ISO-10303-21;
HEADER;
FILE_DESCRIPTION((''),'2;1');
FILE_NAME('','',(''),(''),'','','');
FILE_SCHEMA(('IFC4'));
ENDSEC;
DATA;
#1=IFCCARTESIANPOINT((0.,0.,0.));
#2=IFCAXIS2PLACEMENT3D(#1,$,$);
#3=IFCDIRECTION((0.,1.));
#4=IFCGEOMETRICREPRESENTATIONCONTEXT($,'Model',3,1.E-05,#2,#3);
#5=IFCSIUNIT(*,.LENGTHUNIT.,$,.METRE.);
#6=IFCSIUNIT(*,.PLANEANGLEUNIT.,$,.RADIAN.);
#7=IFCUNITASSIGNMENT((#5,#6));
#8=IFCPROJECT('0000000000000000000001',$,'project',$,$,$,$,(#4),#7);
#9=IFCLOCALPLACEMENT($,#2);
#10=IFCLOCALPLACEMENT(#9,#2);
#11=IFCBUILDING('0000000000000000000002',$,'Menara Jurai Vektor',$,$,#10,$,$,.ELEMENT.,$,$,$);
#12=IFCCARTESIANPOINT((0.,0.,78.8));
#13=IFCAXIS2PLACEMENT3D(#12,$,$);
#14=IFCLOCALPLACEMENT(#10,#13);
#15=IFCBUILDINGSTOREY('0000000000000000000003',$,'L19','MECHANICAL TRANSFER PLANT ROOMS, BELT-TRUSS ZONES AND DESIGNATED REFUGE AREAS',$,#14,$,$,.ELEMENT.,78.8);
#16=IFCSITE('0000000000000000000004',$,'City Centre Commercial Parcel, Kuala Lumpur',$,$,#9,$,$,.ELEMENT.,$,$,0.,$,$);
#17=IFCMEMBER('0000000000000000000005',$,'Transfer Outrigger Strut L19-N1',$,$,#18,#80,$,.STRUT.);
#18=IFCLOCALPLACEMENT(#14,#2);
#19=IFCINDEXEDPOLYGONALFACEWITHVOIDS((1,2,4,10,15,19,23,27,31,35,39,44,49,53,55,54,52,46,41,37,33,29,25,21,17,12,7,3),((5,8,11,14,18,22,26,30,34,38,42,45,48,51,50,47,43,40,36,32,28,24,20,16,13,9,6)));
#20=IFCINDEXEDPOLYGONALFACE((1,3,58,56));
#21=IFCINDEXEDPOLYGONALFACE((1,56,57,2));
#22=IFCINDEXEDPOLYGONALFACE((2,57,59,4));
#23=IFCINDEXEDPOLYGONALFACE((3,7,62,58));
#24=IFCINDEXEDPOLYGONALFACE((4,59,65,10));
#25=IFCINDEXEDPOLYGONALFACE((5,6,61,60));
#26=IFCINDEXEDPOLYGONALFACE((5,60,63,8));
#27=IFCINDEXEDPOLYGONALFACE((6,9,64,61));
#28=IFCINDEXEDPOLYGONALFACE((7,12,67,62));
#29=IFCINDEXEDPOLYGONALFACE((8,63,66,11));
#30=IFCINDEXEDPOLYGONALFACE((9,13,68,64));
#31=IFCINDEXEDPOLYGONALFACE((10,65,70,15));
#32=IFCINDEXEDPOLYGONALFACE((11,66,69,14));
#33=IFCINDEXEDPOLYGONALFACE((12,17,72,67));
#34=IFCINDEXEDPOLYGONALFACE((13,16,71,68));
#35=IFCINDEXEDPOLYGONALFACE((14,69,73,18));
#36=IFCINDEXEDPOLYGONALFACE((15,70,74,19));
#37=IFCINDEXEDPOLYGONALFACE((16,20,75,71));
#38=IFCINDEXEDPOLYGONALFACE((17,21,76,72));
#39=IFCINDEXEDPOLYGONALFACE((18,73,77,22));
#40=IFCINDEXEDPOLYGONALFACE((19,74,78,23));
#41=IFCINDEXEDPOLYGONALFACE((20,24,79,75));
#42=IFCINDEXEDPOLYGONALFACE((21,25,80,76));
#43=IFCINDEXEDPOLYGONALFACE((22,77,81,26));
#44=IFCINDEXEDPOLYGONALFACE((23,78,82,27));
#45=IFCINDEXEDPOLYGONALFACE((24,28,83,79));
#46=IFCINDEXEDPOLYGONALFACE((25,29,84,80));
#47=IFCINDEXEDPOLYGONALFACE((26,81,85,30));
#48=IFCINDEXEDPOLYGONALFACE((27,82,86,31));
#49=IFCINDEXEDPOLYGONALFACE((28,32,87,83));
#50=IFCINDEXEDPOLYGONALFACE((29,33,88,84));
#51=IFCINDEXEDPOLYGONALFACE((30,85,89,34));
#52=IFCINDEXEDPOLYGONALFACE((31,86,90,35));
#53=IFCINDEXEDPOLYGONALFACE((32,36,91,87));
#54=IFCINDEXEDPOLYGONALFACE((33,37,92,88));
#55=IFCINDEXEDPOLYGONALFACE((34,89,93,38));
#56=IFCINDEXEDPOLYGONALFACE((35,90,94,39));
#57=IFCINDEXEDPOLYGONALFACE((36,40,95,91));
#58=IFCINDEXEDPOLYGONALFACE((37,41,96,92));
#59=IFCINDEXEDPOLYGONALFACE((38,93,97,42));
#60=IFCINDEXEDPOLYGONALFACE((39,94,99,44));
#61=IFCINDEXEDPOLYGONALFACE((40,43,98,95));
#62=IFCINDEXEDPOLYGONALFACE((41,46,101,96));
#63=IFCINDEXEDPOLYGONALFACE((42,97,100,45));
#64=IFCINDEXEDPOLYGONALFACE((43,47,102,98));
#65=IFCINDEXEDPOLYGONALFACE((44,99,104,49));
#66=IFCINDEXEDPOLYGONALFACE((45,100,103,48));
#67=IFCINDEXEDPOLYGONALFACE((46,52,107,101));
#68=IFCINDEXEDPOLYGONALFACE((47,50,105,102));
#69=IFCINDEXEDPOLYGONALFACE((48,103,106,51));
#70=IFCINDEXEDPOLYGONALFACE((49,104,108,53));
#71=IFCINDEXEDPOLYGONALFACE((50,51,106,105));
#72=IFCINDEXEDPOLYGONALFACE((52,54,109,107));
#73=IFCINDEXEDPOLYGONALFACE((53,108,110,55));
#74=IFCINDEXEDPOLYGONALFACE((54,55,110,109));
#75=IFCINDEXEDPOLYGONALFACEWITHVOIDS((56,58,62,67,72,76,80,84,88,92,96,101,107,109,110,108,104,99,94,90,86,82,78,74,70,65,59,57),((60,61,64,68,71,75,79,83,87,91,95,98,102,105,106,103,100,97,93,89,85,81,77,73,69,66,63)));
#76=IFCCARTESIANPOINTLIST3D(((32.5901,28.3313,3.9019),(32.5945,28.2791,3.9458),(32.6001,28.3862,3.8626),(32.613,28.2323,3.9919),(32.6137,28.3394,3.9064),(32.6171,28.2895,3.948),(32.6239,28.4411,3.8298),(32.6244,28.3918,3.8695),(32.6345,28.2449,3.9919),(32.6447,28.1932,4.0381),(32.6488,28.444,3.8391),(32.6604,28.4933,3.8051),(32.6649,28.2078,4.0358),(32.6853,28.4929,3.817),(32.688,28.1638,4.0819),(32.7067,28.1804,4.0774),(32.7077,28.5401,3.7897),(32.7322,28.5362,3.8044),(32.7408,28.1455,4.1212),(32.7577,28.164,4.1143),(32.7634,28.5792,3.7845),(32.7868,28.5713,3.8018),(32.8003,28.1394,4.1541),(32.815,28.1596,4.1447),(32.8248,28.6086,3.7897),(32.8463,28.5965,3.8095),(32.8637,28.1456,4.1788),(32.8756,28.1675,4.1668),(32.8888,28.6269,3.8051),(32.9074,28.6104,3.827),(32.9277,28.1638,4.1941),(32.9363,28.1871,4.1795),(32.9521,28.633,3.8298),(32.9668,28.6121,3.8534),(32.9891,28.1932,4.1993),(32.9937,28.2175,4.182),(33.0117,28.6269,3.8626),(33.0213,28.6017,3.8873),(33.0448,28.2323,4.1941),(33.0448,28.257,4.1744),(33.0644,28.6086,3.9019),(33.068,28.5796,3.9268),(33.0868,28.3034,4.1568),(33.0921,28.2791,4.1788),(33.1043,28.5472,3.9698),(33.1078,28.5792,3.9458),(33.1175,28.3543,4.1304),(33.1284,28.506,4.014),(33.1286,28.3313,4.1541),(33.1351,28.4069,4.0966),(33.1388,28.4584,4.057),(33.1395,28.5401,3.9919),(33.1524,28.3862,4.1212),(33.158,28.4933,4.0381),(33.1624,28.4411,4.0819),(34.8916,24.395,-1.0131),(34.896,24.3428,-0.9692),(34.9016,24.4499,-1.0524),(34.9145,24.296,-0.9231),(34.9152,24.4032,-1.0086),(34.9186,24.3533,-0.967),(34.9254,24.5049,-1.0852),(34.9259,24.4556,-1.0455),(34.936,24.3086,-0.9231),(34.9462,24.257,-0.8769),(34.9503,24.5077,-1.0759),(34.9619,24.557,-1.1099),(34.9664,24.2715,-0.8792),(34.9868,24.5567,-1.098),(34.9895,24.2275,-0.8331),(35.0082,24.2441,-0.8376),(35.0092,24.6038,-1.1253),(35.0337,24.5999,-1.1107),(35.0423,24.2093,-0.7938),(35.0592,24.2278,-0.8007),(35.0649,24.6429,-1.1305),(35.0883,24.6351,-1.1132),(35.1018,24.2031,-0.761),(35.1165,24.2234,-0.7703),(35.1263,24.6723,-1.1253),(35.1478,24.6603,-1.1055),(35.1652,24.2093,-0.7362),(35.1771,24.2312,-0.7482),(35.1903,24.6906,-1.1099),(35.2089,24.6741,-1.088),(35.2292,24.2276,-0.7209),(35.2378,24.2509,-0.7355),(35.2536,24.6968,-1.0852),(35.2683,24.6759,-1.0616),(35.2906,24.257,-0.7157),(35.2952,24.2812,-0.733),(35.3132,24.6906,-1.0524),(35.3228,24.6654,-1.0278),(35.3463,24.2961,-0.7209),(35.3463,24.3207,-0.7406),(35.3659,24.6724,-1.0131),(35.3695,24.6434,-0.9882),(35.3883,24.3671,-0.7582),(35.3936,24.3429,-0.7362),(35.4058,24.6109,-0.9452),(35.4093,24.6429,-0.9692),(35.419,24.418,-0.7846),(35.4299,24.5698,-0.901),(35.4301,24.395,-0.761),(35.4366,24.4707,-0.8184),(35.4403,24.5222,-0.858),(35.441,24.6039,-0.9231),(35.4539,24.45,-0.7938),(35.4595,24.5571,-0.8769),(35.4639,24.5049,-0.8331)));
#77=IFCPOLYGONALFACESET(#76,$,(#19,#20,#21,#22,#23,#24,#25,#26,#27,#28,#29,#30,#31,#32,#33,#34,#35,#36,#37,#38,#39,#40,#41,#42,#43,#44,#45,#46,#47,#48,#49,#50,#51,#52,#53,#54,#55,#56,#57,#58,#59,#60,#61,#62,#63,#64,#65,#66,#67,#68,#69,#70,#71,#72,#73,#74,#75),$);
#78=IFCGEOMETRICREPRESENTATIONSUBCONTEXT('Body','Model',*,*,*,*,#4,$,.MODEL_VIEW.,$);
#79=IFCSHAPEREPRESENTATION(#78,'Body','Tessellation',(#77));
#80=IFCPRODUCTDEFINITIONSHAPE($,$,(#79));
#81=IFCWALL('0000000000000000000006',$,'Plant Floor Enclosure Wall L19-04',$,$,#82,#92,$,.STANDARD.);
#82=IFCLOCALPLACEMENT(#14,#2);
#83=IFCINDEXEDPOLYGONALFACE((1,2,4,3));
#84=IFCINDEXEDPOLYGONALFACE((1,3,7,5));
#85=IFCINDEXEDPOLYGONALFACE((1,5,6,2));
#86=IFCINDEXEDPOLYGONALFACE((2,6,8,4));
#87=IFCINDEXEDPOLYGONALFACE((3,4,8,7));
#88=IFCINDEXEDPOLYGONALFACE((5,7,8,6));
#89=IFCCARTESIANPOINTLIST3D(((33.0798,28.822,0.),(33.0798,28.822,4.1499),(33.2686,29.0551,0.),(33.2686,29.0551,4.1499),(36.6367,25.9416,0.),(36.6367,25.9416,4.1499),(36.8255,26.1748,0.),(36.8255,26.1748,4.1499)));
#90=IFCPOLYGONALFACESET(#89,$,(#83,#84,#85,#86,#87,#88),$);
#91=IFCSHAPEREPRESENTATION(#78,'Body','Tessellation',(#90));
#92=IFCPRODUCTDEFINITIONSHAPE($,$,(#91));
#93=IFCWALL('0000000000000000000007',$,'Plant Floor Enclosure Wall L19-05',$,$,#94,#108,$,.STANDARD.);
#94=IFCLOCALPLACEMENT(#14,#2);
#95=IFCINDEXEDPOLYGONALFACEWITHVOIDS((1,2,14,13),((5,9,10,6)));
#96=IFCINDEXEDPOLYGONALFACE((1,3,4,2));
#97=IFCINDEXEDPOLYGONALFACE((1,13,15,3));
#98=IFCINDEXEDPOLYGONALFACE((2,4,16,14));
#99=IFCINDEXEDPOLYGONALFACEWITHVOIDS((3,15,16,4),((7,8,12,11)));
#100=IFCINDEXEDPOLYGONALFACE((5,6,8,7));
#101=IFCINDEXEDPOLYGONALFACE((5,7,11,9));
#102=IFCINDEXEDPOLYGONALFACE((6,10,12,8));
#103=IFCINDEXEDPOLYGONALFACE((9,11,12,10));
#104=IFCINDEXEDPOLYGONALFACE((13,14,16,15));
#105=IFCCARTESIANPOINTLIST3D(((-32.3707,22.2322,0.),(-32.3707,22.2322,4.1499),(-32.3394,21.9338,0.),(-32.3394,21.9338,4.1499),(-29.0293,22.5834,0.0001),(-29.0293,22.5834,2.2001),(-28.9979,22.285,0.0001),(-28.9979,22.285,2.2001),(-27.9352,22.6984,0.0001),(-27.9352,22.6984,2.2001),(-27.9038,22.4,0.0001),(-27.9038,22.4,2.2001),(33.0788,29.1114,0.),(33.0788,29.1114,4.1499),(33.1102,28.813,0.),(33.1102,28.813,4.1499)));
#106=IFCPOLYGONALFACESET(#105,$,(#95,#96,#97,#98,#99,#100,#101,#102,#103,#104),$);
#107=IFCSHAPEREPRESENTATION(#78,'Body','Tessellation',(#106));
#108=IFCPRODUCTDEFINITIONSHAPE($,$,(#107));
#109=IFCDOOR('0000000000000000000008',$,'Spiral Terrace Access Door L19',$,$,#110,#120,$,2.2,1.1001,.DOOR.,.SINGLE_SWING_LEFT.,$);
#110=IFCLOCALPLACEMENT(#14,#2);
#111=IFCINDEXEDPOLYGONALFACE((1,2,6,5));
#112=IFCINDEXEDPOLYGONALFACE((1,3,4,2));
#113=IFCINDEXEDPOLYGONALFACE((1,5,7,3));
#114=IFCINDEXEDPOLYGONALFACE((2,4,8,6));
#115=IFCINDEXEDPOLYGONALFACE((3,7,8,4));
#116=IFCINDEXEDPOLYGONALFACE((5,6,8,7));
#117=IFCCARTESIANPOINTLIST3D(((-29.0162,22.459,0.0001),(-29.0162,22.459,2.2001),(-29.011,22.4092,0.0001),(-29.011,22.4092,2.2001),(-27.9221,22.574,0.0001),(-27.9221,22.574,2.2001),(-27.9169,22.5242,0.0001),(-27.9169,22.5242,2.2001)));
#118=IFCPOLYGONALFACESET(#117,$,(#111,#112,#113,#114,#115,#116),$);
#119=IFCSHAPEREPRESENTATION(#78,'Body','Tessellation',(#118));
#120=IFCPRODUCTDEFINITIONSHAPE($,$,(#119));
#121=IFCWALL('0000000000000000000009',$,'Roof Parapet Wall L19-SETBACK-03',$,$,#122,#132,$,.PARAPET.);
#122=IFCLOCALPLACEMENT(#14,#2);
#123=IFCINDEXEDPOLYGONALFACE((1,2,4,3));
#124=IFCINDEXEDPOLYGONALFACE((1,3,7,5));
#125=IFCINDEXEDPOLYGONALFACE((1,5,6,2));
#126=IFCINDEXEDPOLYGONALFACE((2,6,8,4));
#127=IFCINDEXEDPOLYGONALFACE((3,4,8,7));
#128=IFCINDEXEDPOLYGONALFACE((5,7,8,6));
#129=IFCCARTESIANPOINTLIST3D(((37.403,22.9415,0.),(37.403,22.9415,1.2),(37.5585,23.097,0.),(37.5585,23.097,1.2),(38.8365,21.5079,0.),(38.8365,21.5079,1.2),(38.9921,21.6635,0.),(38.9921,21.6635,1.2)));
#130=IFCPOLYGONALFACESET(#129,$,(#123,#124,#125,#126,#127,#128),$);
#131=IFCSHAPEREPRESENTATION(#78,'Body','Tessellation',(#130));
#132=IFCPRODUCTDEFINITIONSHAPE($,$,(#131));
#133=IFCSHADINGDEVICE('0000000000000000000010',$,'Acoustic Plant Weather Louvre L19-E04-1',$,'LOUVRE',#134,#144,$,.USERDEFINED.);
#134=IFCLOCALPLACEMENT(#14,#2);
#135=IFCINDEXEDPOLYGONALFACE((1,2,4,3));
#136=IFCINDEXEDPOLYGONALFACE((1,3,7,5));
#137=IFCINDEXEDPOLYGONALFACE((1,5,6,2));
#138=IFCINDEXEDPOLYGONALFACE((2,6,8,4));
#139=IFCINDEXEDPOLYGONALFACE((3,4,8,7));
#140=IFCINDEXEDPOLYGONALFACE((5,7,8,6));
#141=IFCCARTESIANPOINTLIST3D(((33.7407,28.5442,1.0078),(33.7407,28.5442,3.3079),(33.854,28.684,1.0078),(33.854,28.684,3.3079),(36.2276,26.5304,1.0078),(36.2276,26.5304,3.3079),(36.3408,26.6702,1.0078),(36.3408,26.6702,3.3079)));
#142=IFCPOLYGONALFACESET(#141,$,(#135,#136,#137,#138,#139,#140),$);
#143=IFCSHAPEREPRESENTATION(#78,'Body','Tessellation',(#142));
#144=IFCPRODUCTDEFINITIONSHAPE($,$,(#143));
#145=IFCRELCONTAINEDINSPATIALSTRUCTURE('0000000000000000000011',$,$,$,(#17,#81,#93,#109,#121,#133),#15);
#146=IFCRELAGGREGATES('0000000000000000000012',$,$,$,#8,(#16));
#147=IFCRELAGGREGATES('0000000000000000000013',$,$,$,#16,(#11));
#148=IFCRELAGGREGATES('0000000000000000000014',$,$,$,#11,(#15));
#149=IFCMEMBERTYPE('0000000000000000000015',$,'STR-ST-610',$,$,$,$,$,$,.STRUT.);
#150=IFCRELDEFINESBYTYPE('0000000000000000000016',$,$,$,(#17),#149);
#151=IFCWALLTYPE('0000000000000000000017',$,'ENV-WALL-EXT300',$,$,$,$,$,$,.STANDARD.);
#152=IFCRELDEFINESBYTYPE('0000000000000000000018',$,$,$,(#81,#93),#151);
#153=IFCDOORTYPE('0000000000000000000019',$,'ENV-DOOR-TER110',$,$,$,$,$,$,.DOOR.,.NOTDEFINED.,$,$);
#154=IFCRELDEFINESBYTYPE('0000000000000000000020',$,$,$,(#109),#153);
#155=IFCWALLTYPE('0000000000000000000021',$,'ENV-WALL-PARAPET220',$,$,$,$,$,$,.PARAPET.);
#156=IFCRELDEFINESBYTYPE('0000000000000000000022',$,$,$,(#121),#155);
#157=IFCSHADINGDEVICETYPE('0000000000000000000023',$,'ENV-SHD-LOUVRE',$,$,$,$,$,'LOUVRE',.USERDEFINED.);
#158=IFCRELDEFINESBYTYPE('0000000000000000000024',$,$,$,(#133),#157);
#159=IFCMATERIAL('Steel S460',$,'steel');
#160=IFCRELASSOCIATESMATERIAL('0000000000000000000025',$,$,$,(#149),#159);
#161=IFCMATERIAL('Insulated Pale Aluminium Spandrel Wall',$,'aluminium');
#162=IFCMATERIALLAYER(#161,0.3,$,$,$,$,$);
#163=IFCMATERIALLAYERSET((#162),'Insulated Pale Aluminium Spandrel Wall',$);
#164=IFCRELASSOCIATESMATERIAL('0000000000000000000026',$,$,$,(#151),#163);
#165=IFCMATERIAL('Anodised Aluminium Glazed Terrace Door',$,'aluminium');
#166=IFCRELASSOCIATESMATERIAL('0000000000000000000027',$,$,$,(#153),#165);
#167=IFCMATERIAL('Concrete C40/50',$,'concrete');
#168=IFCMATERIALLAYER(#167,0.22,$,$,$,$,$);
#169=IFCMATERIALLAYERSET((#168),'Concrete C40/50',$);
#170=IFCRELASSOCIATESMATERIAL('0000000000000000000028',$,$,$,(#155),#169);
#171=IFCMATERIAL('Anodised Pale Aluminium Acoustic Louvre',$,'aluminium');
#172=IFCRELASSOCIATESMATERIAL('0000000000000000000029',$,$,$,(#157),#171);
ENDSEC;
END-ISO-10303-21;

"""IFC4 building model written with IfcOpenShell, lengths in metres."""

from ifc_helpers import new_model, si_unit, direction, frame, frame_2d, origin, origin_2d, place, context, subcontext, project, spatial, rectangle, hollow_circle, extrude, material, layer, layer_set, material_profile, profile_set, type_object, element, fill, save


model = new_model("IFC4")

# Units and contexts
model_context = context("Model", 3, precision=1e-05, world=origin(), true_north=direction((0.0, 1.0)))
body_context = subcontext(model_context, "Body", "Model", "MODEL_VIEW")
ifc_project = project(units=[si_unit("LENGTHUNIT", "METRE"), si_unit("PLANEANGLEUNIT", "RADIAN")], contexts=[model_context])

# Site, building, storey
site_placement = place(None, origin())
site = spatial("IfcSite", under=ifc_project, at=site_placement, Name="City Centre Commercial Parcel, Kuala Lumpur", CompositionType="ELEMENT", RefElevation=0.0)
building_placement = place(site_placement, origin())
building = spatial("IfcBuilding", under=site, at=building_placement, Name="Menara Jurai Vektor", CompositionType="ELEMENT")
storey_placement = place(building_placement, frame((0.0, 0.0, 78.8)))
storey = spatial("IfcBuildingStorey", under=building, at=storey_placement, Name="L19", Description="MECHANICAL TRANSFER PLANT ROOMS, BELT-TRUSS ZONES AND DESIGNATED REFUGE AREAS", CompositionType="ELEMENT", Elevation=78.8)

# Shared definitions
ifc_material_1 = material(Name="Steel S460", Category="steel")

# Member
ifc_material_profile_1 = material_profile(ifc_material_1, hollow_circle(Radius=0.3049, WallThickness=0.0249, at=origin_2d()), Name="CHS 610x25")
ifc_profile_set_1 = profile_set([ifc_material_profile_1], Name="Steel S460")
member_type_1 = type_object("IfcMemberType", Name="STR-ST-610", PredefinedType="STRUT", material=ifc_profile_set_1)
member_1_placement = place(storey_placement, frame((35.1777, 24.45, -0.9231), z_axis=(-0.343284, 0.58712, 0.733107), x_axis=(-0.863268, -0.504746, 0.0)))
element("IfcMember", 1, at=member_1_placement, inside=storey, type_object=member_type_1, Name="Transfer Outrigger Strut L19-N1", PredefinedType="STRUT", context=body_context, shape_type="SweptSolid", body=[
    extrude(hollow_circle(Radius=0.3049, WallThickness=0.0249, at=origin_2d()), origin(), (0.0, 0.0, 1.0), 6.7043),
])

# Wall
ifc_material_2 = material(Name="Insulated Pale Aluminium Spandrel Wall", Category="aluminium")
ifc_layer_1 = layer(ifc_material_2, 0.3)
ifc_layer_set_1 = layer_set([ifc_layer_1], Name="Insulated Pale Aluminium Spandrel Wall")
wall_type_1 = type_object("IfcWallType", Name="ENV-WALL-EXT300", PredefinedType="STANDARD", material=ifc_layer_set_1)
wall_1_placement = place(storey_placement, frame((36.7312, 26.0581, 0.0), z_axis=(0.0, 0.0, 1.0), x_axis=(-0.777139, 0.629329, 0.0)))
element("IfcWall", 2, at=wall_1_placement, inside=storey, type_object=wall_type_1, Name="Plant Floor Enclosure Wall L19-04", PredefinedType="STANDARD", context=body_context, shape_type="SweptSolid", body=[
    extrude(rectangle(XDim=4.5769, YDim=0.3, at=frame_2d((2.2886, 0.0))), origin(), (0.0, 0.0, 1.0), 4.1499),
])

# Wall, opening, door
wall_2_placement = place(storey_placement, frame((33.0945, 28.9622, 0.0), z_axis=(0.0, 0.0, 1.0), x_axis=(-0.994522, -0.10453, 0.0)))
wall_2 = element("IfcWall", 3, at=wall_2_placement, inside=storey, type_object=wall_type_1, Name="Plant Floor Enclosure Wall L19-05", PredefinedType="STANDARD", context=body_context, shape_type="SweptSolid", body=[
    extrude(rectangle(XDim=65.8101, YDim=0.3, at=frame_2d((32.905, 0.0))), origin(), (0.0, 0.0, 1.0), 4.1499),
])
opening_placement = place(wall_2_placement, frame((61.3501, 0.0, 0.0)))
opening = element("IfcOpeningElement", 4, at=opening_placement, cuts=wall_2, PredefinedType="OPENING", context=body_context, shape_type="SweptSolid", body=[
    extrude(rectangle(XDim=1.1001, YDim=2.2, at=frame_2d((0.55, 1.1001))), frame((0.0, 0.1602, 0.0), z_axis=(0.0, -1.0, 0.0), x_axis=(1.0, 0.0, 0.0)), (0.0, 0.0, 1.0), 0.3201),
])
ifc_material_3 = material(Name="Anodised Aluminium Glazed Terrace Door", Category="aluminium")
door_type = type_object("IfcDoorType", Name="ENV-DOOR-TER110", OperationType="NOTDEFINED", PredefinedType="DOOR", material=ifc_material_3)
door_placement = place(opening_placement, frame((1.1001, 0.0, 0.0), z_axis=(0.0, 0.0, 1.0), x_axis=(-1.0, 0.0, 0.0)))
door = element("IfcDoor", 5, at=door_placement, inside=storey, type_object=door_type, Name="Spiral Terrace Access Door L19", OperationType="SINGLE_SWING_LEFT", OverallHeight=2.2, OverallWidth=1.1001, PredefinedType="DOOR", context=body_context, shape_type="SweptSolid", body=[
    extrude(rectangle(XDim=1.1001, YDim=2.2, at=frame_2d((0.55, 1.1001))), frame((0.0, 0.0249, 0.0), z_axis=(0.0, -1.0, 0.0), x_axis=(1.0, 0.0, 0.0)), (0.0, 0.0, 1.0), 0.05),
])
fill(opening, door)

# Wall
ifc_material_4 = material(Name="Concrete C40/50", Category="concrete")
ifc_layer_2 = layer(ifc_material_4, 0.22)
ifc_layer_set_2 = layer_set([ifc_layer_2], Name="Concrete C40/50")
wall_type_2 = type_object("IfcWallType", Name="ENV-WALL-PARAPET220", PredefinedType="PARAPET", material=ifc_layer_set_2)
wall_3_placement = place(storey_placement, frame((38.9143, 21.5857, 0.0), z_axis=(0.0, 0.0, 1.0), x_axis=(-0.707107, 0.707107, 0.0)))
element("IfcWall", 6, at=wall_3_placement, inside=storey, type_object=wall_type_2, Name="Roof Parapet Wall L19-SETBACK-03", PredefinedType="PARAPET", context=body_context, shape_type="SweptSolid", body=[
    extrude(rectangle(XDim=2.0273, YDim=0.22, at=frame_2d((1.0137, 0.0))), origin(), (0.0, 0.0, 1.0), 1.2),
])

# Shading device
ifc_material_5 = material(Name="Anodised Pale Aluminium Acoustic Louvre", Category="aluminium")
shading_device_type = type_object("IfcShadingDeviceType", Name="ENV-SHD-LOUVRE", ElementType="LOUVRE", PredefinedType="USERDEFINED", material=ifc_material_5)
shading_device_placement = place(storey_placement, frame((35.0408, 27.6072, 1.0078), z_axis=(0.0, 0.0, 1.0), x_axis=(-0.777146, 0.62932, 0.0)))
element("IfcShadingDevice", 7, at=shading_device_placement, inside=storey, type_object=shading_device_type, Name="Acoustic Plant Weather Louvre L19-E04-1", ObjectType="LOUVRE", PredefinedType="USERDEFINED", context=body_context, shape_type="SweptSolid", body=[
    extrude(rectangle(XDim=3.2, YDim=0.1799, at=origin_2d()), origin(), (0.0, 0.0, 1.0), 2.3),
])

save(model, "model.ifc")
